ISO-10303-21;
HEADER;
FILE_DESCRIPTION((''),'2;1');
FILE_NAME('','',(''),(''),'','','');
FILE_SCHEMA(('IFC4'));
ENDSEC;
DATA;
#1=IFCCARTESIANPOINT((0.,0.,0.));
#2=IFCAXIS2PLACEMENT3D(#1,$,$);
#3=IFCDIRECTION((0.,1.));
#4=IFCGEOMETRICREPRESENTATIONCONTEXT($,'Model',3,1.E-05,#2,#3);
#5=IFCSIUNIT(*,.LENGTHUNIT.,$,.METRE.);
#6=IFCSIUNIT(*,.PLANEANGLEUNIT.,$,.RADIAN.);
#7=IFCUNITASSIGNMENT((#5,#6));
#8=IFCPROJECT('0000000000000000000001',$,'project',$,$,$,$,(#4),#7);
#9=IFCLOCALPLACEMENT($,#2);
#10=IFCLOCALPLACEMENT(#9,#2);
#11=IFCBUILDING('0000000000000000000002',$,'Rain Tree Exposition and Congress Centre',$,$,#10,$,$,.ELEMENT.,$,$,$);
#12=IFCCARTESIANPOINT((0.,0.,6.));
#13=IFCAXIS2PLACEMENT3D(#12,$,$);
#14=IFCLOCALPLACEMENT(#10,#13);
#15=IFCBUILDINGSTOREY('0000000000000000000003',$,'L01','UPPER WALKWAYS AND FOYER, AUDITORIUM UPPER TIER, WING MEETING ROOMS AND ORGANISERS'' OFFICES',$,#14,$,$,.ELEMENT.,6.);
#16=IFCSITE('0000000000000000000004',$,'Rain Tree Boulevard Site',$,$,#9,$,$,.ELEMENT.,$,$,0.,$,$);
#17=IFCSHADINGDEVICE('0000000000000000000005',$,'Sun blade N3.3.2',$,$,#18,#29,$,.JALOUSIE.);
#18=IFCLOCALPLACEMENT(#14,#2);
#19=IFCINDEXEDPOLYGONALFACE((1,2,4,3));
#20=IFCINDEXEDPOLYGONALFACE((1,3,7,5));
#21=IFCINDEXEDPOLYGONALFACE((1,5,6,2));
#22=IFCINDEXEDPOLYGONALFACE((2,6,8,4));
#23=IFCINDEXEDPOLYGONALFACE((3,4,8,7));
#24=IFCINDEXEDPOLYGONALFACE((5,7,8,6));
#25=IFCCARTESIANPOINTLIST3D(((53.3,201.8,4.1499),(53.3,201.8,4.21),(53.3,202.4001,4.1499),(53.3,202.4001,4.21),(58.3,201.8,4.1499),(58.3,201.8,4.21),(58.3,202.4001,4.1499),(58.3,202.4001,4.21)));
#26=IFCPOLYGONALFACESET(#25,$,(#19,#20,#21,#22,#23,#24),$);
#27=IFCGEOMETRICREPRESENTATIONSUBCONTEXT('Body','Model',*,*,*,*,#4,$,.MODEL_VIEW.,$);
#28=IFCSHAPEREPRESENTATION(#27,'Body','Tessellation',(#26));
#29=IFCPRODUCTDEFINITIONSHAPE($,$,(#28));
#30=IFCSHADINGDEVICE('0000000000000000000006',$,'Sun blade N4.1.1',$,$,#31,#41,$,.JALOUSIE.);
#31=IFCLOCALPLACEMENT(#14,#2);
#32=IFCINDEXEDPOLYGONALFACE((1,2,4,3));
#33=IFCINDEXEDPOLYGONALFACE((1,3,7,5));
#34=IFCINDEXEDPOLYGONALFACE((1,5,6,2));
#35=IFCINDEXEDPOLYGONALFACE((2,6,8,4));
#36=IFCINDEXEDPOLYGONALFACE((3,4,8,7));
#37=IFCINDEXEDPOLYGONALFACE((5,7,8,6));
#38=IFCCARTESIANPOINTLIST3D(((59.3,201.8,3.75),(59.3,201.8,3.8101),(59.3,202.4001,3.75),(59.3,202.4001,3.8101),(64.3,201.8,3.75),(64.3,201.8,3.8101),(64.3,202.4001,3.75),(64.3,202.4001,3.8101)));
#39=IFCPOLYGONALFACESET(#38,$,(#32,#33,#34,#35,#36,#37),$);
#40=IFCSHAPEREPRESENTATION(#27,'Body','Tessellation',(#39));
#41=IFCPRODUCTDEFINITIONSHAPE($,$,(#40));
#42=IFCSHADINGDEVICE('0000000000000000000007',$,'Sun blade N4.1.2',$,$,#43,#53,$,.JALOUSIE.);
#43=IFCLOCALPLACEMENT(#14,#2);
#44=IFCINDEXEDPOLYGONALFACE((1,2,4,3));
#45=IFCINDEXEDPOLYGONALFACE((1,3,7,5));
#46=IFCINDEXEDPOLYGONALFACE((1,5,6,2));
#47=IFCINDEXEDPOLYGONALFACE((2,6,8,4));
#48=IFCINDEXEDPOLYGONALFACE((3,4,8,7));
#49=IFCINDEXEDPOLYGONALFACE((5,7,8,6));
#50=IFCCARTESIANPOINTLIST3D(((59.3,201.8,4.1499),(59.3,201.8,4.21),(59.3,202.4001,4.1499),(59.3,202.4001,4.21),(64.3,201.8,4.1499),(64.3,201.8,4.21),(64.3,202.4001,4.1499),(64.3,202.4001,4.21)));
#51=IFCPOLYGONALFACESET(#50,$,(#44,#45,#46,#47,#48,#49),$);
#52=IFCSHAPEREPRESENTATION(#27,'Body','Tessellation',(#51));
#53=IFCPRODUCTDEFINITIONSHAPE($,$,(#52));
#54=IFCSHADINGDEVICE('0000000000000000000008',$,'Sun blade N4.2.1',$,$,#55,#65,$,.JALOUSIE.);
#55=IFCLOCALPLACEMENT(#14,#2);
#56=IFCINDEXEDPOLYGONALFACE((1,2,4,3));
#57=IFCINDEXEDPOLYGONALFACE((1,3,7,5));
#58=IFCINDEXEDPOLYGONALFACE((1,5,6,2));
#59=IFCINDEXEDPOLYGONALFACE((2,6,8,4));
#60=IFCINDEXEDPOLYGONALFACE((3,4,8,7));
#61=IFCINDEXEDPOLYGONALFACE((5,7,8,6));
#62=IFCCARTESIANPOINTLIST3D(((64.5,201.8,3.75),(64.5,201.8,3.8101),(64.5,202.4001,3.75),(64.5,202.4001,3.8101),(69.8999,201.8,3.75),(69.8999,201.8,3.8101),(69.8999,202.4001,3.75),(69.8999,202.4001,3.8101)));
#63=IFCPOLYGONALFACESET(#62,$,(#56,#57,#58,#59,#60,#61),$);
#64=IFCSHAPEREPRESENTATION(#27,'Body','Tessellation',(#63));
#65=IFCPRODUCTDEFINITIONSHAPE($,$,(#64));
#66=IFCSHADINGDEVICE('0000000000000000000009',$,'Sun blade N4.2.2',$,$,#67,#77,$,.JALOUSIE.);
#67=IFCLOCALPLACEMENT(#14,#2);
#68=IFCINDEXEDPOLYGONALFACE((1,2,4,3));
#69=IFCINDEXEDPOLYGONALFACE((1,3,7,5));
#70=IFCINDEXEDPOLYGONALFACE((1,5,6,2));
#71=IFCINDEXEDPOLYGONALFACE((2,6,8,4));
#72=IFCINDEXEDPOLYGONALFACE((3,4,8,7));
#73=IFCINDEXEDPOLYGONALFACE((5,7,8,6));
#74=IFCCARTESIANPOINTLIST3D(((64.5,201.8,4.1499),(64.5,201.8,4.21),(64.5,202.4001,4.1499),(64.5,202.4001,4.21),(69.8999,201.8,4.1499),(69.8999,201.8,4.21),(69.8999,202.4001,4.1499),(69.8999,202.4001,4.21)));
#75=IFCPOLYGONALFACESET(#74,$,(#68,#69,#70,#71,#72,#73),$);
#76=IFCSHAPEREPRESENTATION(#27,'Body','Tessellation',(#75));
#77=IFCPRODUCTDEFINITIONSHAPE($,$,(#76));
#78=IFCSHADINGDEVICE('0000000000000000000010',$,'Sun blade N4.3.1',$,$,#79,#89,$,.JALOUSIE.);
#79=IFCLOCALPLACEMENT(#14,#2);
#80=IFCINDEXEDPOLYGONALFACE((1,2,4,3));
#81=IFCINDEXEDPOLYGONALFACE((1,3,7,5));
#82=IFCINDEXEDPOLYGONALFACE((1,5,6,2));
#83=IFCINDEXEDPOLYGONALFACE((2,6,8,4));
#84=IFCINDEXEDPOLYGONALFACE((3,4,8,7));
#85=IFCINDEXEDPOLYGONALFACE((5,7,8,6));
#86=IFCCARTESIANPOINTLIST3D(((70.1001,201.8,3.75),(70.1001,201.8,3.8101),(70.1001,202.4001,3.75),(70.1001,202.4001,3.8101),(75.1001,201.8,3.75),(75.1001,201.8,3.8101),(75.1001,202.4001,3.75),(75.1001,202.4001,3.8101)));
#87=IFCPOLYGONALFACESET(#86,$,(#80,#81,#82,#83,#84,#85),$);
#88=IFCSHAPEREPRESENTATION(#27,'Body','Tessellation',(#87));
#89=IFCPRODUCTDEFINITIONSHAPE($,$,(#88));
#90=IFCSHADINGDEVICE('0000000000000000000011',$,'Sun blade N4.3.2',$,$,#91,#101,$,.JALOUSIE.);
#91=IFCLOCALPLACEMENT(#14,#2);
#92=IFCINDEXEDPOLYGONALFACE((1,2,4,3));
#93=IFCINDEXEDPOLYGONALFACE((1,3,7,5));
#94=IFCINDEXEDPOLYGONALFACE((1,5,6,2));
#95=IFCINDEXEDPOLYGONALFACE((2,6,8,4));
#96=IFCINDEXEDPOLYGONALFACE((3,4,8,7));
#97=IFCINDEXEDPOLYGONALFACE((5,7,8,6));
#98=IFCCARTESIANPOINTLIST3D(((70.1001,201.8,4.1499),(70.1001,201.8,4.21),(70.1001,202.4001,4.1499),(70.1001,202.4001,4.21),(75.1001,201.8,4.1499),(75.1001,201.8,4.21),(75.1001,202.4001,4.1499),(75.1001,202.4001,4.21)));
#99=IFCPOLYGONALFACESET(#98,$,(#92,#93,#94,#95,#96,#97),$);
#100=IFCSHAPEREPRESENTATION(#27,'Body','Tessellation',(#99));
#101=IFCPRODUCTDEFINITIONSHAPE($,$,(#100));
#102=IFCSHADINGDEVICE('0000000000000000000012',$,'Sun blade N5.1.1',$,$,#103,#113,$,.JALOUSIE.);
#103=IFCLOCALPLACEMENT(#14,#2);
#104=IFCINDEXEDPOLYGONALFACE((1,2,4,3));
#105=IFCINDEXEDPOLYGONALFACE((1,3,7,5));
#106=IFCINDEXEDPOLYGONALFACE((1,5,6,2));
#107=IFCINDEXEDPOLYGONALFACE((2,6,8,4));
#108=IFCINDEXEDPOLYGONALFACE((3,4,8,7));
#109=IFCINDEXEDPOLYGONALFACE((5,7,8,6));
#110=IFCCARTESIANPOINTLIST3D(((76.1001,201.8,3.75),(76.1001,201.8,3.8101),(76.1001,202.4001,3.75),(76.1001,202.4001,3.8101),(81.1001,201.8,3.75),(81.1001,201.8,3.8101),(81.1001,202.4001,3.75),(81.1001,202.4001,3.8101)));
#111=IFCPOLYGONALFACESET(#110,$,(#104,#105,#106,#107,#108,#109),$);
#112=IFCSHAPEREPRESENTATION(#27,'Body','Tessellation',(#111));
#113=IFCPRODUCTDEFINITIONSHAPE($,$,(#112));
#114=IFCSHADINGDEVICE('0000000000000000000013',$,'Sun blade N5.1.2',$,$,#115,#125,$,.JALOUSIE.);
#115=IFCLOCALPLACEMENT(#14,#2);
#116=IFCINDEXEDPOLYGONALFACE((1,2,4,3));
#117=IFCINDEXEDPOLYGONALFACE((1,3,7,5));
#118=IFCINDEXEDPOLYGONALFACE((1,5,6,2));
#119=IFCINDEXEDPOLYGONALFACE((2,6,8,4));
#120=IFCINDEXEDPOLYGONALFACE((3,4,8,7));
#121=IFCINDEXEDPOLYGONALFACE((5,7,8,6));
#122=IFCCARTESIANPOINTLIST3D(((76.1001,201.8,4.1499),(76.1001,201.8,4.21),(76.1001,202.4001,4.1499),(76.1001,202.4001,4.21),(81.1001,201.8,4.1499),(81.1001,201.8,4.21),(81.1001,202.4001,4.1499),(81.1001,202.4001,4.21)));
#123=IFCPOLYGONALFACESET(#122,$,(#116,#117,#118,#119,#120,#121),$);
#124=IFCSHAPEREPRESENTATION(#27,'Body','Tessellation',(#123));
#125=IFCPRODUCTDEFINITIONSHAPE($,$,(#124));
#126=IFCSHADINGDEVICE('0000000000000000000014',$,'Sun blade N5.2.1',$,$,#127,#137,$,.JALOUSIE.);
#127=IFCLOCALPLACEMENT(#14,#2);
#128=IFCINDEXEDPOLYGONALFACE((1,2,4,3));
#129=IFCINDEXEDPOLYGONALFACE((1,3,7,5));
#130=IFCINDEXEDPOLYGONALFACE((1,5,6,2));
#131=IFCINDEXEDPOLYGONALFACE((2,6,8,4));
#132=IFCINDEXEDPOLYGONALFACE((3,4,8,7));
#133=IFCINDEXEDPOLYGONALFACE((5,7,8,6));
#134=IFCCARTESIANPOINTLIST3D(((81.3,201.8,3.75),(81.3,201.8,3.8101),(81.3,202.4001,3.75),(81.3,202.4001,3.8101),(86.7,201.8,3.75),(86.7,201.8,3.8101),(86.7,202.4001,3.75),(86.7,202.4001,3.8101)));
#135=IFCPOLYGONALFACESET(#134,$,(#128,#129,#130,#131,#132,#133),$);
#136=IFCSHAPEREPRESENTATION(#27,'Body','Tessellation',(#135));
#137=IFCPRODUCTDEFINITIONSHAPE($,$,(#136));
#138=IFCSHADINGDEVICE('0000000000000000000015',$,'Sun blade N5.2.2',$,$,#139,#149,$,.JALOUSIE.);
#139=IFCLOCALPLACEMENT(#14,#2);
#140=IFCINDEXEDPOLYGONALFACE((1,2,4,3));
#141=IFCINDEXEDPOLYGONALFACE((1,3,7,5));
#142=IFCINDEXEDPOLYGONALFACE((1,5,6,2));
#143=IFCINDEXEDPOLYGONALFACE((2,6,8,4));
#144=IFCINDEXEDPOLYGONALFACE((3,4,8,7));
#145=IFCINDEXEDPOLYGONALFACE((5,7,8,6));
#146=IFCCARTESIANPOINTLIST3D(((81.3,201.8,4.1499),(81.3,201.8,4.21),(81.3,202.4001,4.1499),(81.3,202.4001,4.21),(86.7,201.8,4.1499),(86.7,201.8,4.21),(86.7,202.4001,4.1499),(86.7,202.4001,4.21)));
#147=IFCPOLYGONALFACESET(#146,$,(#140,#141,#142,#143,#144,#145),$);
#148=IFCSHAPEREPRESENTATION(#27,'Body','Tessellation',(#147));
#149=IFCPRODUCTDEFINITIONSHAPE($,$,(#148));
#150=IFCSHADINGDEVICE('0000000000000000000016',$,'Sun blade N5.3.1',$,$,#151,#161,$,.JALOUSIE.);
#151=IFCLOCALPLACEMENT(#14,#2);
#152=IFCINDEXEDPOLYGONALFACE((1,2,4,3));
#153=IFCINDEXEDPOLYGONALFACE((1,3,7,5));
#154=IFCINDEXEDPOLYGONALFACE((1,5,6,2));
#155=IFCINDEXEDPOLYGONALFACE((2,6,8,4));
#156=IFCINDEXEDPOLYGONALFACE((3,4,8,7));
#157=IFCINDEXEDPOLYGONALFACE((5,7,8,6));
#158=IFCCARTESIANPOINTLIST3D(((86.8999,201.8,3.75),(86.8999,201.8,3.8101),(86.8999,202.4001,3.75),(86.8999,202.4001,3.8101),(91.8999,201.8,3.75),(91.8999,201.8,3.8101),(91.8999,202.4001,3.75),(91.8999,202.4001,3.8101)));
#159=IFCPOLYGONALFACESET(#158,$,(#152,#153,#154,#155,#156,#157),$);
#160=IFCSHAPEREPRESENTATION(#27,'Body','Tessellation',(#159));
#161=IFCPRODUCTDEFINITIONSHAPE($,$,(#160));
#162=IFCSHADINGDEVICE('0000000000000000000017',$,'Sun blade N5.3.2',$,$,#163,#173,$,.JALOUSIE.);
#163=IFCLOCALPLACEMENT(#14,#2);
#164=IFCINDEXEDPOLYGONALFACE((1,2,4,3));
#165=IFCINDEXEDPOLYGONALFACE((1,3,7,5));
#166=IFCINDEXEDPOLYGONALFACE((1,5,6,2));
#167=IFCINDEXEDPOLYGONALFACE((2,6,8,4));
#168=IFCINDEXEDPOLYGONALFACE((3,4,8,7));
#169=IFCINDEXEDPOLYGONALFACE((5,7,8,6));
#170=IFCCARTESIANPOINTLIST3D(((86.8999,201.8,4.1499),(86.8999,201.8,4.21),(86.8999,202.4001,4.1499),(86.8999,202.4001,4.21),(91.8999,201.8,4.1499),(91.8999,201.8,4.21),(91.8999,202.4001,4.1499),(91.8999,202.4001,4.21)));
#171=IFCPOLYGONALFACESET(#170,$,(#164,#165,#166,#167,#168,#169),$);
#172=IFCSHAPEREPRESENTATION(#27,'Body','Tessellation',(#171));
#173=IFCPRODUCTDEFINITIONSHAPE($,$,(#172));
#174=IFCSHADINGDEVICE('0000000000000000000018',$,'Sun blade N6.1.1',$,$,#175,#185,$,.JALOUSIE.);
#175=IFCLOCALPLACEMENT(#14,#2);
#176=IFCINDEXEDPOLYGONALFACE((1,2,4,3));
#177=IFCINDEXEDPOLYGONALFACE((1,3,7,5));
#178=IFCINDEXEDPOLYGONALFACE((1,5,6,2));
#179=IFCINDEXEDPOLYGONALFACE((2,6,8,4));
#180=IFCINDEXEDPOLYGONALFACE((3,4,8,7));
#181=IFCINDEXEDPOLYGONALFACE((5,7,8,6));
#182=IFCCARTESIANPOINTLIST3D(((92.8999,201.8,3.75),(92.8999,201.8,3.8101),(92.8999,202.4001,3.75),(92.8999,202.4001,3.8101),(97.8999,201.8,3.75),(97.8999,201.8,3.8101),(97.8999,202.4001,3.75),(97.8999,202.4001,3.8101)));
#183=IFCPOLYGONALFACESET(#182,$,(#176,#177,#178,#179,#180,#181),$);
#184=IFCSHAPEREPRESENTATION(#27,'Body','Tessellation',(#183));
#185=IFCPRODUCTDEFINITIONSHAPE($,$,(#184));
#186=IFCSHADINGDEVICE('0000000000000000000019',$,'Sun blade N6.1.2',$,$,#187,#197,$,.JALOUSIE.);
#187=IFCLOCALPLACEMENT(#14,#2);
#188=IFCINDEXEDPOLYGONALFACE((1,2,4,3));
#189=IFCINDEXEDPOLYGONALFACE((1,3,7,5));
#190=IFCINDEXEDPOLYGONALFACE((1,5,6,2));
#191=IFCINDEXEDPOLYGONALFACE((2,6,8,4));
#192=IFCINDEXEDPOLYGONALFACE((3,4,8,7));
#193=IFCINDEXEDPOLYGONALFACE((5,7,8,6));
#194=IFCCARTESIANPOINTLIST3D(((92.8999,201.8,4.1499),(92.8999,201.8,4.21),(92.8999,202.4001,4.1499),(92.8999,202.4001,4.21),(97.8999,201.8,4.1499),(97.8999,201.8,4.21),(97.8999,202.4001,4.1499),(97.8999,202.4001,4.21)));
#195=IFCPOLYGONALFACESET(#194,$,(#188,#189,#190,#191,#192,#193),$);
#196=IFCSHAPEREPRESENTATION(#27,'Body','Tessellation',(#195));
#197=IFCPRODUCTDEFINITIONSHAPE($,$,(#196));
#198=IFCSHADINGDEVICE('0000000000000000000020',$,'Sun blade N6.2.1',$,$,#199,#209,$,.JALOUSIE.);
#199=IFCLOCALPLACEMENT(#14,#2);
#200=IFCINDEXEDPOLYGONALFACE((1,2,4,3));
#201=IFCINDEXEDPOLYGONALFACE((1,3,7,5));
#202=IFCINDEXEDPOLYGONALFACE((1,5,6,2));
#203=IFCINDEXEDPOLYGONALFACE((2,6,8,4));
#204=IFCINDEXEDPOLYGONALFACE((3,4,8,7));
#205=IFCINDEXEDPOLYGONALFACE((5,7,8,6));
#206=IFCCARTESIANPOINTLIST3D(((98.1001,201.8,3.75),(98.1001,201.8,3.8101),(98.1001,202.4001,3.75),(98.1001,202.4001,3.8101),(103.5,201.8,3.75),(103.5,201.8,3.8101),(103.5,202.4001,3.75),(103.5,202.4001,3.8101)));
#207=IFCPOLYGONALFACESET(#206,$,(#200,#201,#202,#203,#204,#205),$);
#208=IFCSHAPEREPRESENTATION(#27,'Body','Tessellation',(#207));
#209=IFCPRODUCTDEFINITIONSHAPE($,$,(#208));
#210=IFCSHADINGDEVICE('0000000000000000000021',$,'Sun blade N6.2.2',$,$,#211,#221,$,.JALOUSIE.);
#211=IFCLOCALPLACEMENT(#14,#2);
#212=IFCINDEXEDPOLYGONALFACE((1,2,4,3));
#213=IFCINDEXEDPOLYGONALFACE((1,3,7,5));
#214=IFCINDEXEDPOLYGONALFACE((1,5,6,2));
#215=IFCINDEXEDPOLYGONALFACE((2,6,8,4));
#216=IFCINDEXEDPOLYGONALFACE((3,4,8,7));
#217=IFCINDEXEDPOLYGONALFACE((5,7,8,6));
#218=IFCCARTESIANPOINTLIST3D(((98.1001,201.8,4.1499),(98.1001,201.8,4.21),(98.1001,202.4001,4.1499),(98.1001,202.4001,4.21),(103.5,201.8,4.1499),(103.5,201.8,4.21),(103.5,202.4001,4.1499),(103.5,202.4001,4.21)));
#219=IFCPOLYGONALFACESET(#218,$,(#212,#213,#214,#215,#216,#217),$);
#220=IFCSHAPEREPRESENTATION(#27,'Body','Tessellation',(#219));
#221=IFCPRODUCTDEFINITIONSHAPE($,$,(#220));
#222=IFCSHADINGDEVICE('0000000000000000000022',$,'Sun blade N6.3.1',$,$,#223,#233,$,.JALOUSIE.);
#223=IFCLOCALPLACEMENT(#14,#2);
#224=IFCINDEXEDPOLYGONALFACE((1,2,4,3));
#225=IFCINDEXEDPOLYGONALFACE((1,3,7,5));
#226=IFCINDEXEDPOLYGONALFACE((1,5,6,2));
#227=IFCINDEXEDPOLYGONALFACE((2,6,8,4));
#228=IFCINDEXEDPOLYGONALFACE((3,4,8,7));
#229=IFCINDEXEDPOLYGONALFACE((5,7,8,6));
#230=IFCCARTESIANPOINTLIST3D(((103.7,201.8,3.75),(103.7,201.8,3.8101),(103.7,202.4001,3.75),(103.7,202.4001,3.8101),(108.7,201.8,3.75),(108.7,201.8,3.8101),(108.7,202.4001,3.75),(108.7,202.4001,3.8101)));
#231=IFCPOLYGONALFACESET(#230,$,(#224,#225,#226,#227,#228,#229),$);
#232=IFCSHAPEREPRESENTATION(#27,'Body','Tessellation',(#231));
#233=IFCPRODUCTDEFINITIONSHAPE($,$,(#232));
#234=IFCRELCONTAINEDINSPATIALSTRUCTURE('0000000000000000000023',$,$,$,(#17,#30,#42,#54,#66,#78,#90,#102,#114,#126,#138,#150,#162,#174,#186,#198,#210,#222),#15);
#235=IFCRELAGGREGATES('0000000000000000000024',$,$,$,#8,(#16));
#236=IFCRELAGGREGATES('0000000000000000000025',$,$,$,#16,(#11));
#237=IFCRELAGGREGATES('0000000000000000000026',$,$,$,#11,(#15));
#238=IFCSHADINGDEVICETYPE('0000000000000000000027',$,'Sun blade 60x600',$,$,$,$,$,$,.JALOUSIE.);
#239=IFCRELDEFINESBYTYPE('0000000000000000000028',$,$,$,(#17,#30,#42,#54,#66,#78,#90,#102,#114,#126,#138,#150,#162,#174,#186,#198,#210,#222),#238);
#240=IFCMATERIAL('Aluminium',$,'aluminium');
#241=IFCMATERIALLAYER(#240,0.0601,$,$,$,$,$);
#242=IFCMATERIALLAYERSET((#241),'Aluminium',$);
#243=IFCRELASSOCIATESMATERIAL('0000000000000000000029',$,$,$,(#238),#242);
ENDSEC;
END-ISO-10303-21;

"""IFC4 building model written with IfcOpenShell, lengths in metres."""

from ifc_helpers import new_model, si_unit, direction, frame, origin, origin_2d, place, context, subcontext, project, spatial, rectangle, extrude, material, layer, layer_set, type_object, element, save


model = new_model("IFC4")

# Units and contexts
model_context = context("Model", 3, precision=1e-05, world=origin(), true_north=direction((0.0, 1.0)))
body_context = subcontext(model_context, "Body", "Model", "MODEL_VIEW")
ifc_project = project(units=[si_unit("LENGTHUNIT", "METRE"), si_unit("PLANEANGLEUNIT", "RADIAN")], contexts=[model_context])

# Site, building, storey
site_placement = place(None, origin())
site = spatial("IfcSite", under=ifc_project, at=site_placement, Name="Rain Tree Boulevard Site", CompositionType="ELEMENT", RefElevation=0.0)
building_placement = place(site_placement, origin())
building = spatial("IfcBuilding", under=site, at=building_placement, Name="Rain Tree Exposition and Congress Centre", CompositionType="ELEMENT")
storey_placement = place(building_placement, frame((0.0, 0.0, 6.0)))
storey = spatial("IfcBuildingStorey", under=building, at=storey_placement, Name="L01", Description="UPPER WALKWAYS AND FOYER, AUDITORIUM UPPER TIER, WING MEETING ROOMS AND ORGANISERS' OFFICES", CompositionType="ELEMENT", Elevation=6.0)

# Shading devices
ifc_material_1 = material(Name="Aluminium", Category="aluminium")
ifc_layer_1 = layer(ifc_material_1, 0.0601)
ifc_layer_set_1 = layer_set([ifc_layer_1], Name="Aluminium")
shading_device_type = type_object("IfcShadingDeviceType", Name="Sun blade 60x600", PredefinedType="JALOUSIE", material=ifc_layer_set_1)
for number, where, z_axis, x_axis, name in (
    (1, (55.8, 202.1001, 4.1499), (0.0, 0.0, 1.0), (1.0, 0.0, 0.0), "Sun blade N3.3.2"),
    (2, (61.8, 202.1001, 3.75), (0.0, 0.0, 1.0), (1.0, 0.0, 0.0), "Sun blade N4.1.1"),
    (3, (61.8, 202.1001, 4.1499), (0.0, 0.0, 1.0), (1.0, 0.0, 0.0), "Sun blade N4.1.2"),
):
    element("IfcShadingDevice", number, at=place(storey_placement, frame(where, z_axis=z_axis, x_axis=x_axis)), inside=storey, type_object=shading_device_type, Name=name, PredefinedType="JALOUSIE", context=body_context, shape_type="SweptSolid", body=[
        extrude(rectangle(XDim=5.0, YDim=0.6001, at=origin_2d()), origin(), (0.0, 0.0, 1.0), 0.0601),
    ])
for number, where, z_axis, x_axis, name in (
    (4, (67.2, 202.1001, 3.75), (0.0, 0.0, 1.0), (1.0, 0.0, 0.0), "Sun blade N4.2.1"),
    (5, (67.2, 202.1001, 4.1499), (0.0, 0.0, 1.0), (1.0, 0.0, 0.0), "Sun blade N4.2.2"),
):
    element("IfcShadingDevice", number, at=place(storey_placement, frame(where, z_axis=z_axis, x_axis=x_axis)), inside=storey, type_object=shading_device_type, Name=name, PredefinedType="JALOUSIE", context=body_context, shape_type="SweptSolid", body=[
        extrude(rectangle(XDim=5.3999, YDim=0.6001, at=origin_2d()), origin(), (0.0, 0.0, 1.0), 0.0601),
    ])
for number, where, z_axis, x_axis, name in (
    (6, (72.6001, 202.1001, 3.75), (0.0, 0.0, 1.0), (1.0, 0.0, 0.0), "Sun blade N4.3.1"),
    (7, (72.6001, 202.1001, 4.1499), (0.0, 0.0, 1.0), (1.0, 0.0, 0.0), "Sun blade N4.3.2"),
    (8, (78.6001, 202.1001, 3.75), (0.0, 0.0, 1.0), (1.0, 0.0, 0.0), "Sun blade N5.1.1"),
    (9, (78.6001, 202.1001, 4.1499), (0.0, 0.0, 1.0), (1.0, 0.0, 0.0), "Sun blade N5.1.2"),
):
    element("IfcShadingDevice", number, at=place(storey_placement, frame(where, z_axis=z_axis, x_axis=x_axis)), inside=storey, type_object=shading_device_type, Name=name, PredefinedType="JALOUSIE", context=body_context, shape_type="SweptSolid", body=[
        extrude(rectangle(XDim=5.0, YDim=0.6001, at=origin_2d()), origin(), (0.0, 0.0, 1.0), 0.0601),
    ])
for number, where, z_axis, x_axis, name in (
    (10, (84.0, 202.1001, 3.75), (0.0, 0.0, 1.0), (1.0, 0.0, 0.0), "Sun blade N5.2.1"),
    (11, (84.0, 202.1001, 4.1499), (0.0, 0.0, 1.0), (1.0, 0.0, 0.0), "Sun blade N5.2.2"),
):
    element("IfcShadingDevice", number, at=place(storey_placement, frame(where, z_axis=z_axis, x_axis=x_axis)), inside=storey, type_object=shading_device_type, Name=name, PredefinedType="JALOUSIE", context=body_context, shape_type="SweptSolid", body=[
        extrude(rectangle(XDim=5.3999, YDim=0.6001, at=origin_2d()), origin(), (0.0, 0.0, 1.0), 0.0601),
    ])
for number, where, z_axis, x_axis, name in (
    (12, (89.3999, 202.1001, 3.75), (0.0, 0.0, 1.0), (1.0, 0.0, 0.0), "Sun blade N5.3.1"),
    (13, (89.3999, 202.1001, 4.1499), (0.0, 0.0, 1.0), (1.0, 0.0, 0.0), "Sun blade N5.3.2"),
    (14, (95.3999, 202.1001, 3.75), (0.0, 0.0, 1.0), (1.0, 0.0, 0.0), "Sun blade N6.1.1"),
    (15, (95.3999, 202.1001, 4.1499), (0.0, 0.0, 1.0), (1.0, 0.0, 0.0), "Sun blade N6.1.2"),
):
    element("IfcShadingDevice", number, at=place(storey_placement, frame(where, z_axis=z_axis, x_axis=x_axis)), inside=storey, type_object=shading_device_type, Name=name, PredefinedType="JALOUSIE", context=body_context, shape_type="SweptSolid", body=[
        extrude(rectangle(XDim=5.0, YDim=0.6001, at=origin_2d()), origin(), (0.0, 0.0, 1.0), 0.0601),
    ])
for number, where, z_axis, x_axis, name in (
    (16, (100.8, 202.1001, 3.75), (0.0, 0.0, 1.0), (1.0, 0.0, 0.0), "Sun blade N6.2.1"),
    (17, (100.8, 202.1001, 4.1499), (0.0, 0.0, 1.0), (1.0, 0.0, 0.0), "Sun blade N6.2.2"),
):
    element("IfcShadingDevice", number, at=place(storey_placement, frame(where, z_axis=z_axis, x_axis=x_axis)), inside=storey, type_object=shading_device_type, Name=name, PredefinedType="JALOUSIE", context=body_context, shape_type="SweptSolid", body=[
        extrude(rectangle(XDim=5.3999, YDim=0.6001, at=origin_2d()), origin(), (0.0, 0.0, 1.0), 0.0601),
    ])
for number, where, z_axis, x_axis, name in (
    (18, (106.2, 202.1001, 3.75), (0.0, 0.0, 1.0), (1.0, 0.0, 0.0), "Sun blade N6.3.1"),
):
    element("IfcShadingDevice", number, at=place(storey_placement, frame(where, z_axis=z_axis, x_axis=x_axis)), inside=storey, type_object=shading_device_type, Name=name, PredefinedType="JALOUSIE", context=body_context, shape_type="SweptSolid", body=[
        extrude(rectangle(XDim=5.0, YDim=0.6001, at=origin_2d()), origin(), (0.0, 0.0, 1.0), 0.0601),
    ])

save(model, "model.ifc")
